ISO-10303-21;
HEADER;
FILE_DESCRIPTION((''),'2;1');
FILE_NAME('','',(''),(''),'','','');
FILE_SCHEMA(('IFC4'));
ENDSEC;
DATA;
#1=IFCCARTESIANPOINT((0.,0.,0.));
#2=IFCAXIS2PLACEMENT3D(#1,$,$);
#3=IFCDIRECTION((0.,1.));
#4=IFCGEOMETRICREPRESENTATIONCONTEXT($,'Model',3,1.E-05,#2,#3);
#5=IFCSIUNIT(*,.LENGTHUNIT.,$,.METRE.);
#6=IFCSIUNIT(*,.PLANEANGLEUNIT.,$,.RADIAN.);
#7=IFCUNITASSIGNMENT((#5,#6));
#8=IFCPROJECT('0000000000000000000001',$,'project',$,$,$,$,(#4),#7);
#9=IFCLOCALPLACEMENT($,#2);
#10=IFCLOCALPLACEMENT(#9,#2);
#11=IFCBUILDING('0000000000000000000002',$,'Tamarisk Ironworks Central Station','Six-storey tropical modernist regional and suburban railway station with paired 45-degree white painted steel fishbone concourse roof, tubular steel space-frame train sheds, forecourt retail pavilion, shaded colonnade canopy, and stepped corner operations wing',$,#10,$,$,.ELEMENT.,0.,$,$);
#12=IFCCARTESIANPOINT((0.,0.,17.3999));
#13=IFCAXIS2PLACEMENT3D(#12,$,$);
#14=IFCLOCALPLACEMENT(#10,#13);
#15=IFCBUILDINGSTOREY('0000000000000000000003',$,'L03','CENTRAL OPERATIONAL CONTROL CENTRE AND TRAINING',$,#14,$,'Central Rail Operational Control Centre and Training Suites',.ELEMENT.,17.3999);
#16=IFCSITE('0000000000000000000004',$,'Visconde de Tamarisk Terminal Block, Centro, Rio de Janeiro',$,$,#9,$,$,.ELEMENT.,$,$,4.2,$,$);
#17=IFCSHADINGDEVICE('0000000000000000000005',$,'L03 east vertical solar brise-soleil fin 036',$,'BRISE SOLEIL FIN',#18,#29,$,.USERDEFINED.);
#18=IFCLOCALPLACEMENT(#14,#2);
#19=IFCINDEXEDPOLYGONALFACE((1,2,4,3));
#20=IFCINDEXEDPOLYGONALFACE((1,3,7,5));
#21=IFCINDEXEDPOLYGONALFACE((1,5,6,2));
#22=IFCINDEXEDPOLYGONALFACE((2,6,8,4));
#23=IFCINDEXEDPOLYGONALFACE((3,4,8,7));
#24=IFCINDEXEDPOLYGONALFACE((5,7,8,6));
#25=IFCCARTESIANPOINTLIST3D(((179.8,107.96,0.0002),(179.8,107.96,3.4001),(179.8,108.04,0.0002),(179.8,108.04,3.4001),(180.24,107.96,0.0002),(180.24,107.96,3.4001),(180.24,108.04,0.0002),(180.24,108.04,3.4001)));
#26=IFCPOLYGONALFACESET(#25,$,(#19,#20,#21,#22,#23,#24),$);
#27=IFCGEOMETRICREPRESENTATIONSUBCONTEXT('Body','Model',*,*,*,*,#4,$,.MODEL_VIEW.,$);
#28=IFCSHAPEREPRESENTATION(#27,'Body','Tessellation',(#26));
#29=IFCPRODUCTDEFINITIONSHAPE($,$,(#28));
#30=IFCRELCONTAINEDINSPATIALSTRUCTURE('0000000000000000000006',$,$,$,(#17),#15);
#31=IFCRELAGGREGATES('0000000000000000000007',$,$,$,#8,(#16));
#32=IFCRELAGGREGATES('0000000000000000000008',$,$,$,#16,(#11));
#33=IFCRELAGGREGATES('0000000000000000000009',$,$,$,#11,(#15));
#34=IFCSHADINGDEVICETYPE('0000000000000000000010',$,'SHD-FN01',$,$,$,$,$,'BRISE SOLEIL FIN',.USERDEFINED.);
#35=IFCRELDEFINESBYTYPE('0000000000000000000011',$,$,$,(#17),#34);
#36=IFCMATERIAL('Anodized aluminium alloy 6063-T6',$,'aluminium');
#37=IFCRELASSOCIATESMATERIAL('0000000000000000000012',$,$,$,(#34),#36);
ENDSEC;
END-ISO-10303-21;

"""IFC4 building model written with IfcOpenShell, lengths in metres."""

from ifc_helpers import new_model, si_unit, direction, frame, origin, origin_2d, place, context, subcontext, project, spatial, rectangle, extrude, material, type_object, element, save


model = new_model("IFC4")

# Units and contexts
model_context = context("Model", 3, precision=1e-05, world=origin(), true_north=direction((0.0, 1.0)))
body_context = subcontext(model_context, "Body", "Model", "MODEL_VIEW")
ifc_project = project(units=[si_unit("LENGTHUNIT", "METRE"), si_unit("PLANEANGLEUNIT", "RADIAN")], contexts=[model_context])

# Site, building, storey
site_placement = place(None, origin())
site = spatial("IfcSite", under=ifc_project, at=site_placement, Name="Visconde de Tamarisk Terminal Block, Centro, Rio de Janeiro", CompositionType="ELEMENT", RefElevation=4.2)
building_placement = place(site_placement, origin())
building = spatial("IfcBuilding", under=site, at=building_placement, Name="Tamarisk Ironworks Central Station", Description="Six-storey tropical modernist regional and suburban railway station with paired 45-degree white painted steel fishbone concourse roof, tubular steel space-frame train sheds, forecourt retail pavilion, shaded colonnade canopy, and stepped corner operations wing", CompositionType="ELEMENT", ElevationOfRefHeight=0.0)
storey_placement = place(building_placement, frame((0.0, 0.0, 17.3999)))
storey = spatial("IfcBuildingStorey", under=building, at=storey_placement, Name="L03", Description="CENTRAL OPERATIONAL CONTROL CENTRE AND TRAINING", LongName="Central Rail Operational Control Centre and Training Suites", CompositionType="ELEMENT", Elevation=17.3999)

# Shared definitions
ifc_material_1 = material(Name="Anodized aluminium alloy 6063-T6", Category="aluminium")

# Shading device
shading_device_type = type_object("IfcShadingDeviceType", Name="SHD-FN01", ElementType="BRISE SOLEIL FIN", PredefinedType="USERDEFINED", material=ifc_material_1)
for number, where, z_axis, x_axis, name in (
    (1, (180.02, 108.0, 0.0002), (0.0, 0.0, 1.0), (1.0, 0.0, 0.0), "L03 east vertical solar brise-soleil fin 036"),
):
    element("IfcShadingDevice", number, at=place(storey_placement, frame(where, z_axis=z_axis, x_axis=x_axis)), inside=storey, type_object=shading_device_type, Name=name, ObjectType="BRISE SOLEIL FIN", PredefinedType="USERDEFINED", context=body_context, shape_type="SweptSolid", body=[
        extrude(rectangle(XDim=0.4399, YDim=0.0801, at=origin_2d()), origin(), (0.0, 0.0, 1.0), 3.3999),
    ])

save(model, "model.ifc")
